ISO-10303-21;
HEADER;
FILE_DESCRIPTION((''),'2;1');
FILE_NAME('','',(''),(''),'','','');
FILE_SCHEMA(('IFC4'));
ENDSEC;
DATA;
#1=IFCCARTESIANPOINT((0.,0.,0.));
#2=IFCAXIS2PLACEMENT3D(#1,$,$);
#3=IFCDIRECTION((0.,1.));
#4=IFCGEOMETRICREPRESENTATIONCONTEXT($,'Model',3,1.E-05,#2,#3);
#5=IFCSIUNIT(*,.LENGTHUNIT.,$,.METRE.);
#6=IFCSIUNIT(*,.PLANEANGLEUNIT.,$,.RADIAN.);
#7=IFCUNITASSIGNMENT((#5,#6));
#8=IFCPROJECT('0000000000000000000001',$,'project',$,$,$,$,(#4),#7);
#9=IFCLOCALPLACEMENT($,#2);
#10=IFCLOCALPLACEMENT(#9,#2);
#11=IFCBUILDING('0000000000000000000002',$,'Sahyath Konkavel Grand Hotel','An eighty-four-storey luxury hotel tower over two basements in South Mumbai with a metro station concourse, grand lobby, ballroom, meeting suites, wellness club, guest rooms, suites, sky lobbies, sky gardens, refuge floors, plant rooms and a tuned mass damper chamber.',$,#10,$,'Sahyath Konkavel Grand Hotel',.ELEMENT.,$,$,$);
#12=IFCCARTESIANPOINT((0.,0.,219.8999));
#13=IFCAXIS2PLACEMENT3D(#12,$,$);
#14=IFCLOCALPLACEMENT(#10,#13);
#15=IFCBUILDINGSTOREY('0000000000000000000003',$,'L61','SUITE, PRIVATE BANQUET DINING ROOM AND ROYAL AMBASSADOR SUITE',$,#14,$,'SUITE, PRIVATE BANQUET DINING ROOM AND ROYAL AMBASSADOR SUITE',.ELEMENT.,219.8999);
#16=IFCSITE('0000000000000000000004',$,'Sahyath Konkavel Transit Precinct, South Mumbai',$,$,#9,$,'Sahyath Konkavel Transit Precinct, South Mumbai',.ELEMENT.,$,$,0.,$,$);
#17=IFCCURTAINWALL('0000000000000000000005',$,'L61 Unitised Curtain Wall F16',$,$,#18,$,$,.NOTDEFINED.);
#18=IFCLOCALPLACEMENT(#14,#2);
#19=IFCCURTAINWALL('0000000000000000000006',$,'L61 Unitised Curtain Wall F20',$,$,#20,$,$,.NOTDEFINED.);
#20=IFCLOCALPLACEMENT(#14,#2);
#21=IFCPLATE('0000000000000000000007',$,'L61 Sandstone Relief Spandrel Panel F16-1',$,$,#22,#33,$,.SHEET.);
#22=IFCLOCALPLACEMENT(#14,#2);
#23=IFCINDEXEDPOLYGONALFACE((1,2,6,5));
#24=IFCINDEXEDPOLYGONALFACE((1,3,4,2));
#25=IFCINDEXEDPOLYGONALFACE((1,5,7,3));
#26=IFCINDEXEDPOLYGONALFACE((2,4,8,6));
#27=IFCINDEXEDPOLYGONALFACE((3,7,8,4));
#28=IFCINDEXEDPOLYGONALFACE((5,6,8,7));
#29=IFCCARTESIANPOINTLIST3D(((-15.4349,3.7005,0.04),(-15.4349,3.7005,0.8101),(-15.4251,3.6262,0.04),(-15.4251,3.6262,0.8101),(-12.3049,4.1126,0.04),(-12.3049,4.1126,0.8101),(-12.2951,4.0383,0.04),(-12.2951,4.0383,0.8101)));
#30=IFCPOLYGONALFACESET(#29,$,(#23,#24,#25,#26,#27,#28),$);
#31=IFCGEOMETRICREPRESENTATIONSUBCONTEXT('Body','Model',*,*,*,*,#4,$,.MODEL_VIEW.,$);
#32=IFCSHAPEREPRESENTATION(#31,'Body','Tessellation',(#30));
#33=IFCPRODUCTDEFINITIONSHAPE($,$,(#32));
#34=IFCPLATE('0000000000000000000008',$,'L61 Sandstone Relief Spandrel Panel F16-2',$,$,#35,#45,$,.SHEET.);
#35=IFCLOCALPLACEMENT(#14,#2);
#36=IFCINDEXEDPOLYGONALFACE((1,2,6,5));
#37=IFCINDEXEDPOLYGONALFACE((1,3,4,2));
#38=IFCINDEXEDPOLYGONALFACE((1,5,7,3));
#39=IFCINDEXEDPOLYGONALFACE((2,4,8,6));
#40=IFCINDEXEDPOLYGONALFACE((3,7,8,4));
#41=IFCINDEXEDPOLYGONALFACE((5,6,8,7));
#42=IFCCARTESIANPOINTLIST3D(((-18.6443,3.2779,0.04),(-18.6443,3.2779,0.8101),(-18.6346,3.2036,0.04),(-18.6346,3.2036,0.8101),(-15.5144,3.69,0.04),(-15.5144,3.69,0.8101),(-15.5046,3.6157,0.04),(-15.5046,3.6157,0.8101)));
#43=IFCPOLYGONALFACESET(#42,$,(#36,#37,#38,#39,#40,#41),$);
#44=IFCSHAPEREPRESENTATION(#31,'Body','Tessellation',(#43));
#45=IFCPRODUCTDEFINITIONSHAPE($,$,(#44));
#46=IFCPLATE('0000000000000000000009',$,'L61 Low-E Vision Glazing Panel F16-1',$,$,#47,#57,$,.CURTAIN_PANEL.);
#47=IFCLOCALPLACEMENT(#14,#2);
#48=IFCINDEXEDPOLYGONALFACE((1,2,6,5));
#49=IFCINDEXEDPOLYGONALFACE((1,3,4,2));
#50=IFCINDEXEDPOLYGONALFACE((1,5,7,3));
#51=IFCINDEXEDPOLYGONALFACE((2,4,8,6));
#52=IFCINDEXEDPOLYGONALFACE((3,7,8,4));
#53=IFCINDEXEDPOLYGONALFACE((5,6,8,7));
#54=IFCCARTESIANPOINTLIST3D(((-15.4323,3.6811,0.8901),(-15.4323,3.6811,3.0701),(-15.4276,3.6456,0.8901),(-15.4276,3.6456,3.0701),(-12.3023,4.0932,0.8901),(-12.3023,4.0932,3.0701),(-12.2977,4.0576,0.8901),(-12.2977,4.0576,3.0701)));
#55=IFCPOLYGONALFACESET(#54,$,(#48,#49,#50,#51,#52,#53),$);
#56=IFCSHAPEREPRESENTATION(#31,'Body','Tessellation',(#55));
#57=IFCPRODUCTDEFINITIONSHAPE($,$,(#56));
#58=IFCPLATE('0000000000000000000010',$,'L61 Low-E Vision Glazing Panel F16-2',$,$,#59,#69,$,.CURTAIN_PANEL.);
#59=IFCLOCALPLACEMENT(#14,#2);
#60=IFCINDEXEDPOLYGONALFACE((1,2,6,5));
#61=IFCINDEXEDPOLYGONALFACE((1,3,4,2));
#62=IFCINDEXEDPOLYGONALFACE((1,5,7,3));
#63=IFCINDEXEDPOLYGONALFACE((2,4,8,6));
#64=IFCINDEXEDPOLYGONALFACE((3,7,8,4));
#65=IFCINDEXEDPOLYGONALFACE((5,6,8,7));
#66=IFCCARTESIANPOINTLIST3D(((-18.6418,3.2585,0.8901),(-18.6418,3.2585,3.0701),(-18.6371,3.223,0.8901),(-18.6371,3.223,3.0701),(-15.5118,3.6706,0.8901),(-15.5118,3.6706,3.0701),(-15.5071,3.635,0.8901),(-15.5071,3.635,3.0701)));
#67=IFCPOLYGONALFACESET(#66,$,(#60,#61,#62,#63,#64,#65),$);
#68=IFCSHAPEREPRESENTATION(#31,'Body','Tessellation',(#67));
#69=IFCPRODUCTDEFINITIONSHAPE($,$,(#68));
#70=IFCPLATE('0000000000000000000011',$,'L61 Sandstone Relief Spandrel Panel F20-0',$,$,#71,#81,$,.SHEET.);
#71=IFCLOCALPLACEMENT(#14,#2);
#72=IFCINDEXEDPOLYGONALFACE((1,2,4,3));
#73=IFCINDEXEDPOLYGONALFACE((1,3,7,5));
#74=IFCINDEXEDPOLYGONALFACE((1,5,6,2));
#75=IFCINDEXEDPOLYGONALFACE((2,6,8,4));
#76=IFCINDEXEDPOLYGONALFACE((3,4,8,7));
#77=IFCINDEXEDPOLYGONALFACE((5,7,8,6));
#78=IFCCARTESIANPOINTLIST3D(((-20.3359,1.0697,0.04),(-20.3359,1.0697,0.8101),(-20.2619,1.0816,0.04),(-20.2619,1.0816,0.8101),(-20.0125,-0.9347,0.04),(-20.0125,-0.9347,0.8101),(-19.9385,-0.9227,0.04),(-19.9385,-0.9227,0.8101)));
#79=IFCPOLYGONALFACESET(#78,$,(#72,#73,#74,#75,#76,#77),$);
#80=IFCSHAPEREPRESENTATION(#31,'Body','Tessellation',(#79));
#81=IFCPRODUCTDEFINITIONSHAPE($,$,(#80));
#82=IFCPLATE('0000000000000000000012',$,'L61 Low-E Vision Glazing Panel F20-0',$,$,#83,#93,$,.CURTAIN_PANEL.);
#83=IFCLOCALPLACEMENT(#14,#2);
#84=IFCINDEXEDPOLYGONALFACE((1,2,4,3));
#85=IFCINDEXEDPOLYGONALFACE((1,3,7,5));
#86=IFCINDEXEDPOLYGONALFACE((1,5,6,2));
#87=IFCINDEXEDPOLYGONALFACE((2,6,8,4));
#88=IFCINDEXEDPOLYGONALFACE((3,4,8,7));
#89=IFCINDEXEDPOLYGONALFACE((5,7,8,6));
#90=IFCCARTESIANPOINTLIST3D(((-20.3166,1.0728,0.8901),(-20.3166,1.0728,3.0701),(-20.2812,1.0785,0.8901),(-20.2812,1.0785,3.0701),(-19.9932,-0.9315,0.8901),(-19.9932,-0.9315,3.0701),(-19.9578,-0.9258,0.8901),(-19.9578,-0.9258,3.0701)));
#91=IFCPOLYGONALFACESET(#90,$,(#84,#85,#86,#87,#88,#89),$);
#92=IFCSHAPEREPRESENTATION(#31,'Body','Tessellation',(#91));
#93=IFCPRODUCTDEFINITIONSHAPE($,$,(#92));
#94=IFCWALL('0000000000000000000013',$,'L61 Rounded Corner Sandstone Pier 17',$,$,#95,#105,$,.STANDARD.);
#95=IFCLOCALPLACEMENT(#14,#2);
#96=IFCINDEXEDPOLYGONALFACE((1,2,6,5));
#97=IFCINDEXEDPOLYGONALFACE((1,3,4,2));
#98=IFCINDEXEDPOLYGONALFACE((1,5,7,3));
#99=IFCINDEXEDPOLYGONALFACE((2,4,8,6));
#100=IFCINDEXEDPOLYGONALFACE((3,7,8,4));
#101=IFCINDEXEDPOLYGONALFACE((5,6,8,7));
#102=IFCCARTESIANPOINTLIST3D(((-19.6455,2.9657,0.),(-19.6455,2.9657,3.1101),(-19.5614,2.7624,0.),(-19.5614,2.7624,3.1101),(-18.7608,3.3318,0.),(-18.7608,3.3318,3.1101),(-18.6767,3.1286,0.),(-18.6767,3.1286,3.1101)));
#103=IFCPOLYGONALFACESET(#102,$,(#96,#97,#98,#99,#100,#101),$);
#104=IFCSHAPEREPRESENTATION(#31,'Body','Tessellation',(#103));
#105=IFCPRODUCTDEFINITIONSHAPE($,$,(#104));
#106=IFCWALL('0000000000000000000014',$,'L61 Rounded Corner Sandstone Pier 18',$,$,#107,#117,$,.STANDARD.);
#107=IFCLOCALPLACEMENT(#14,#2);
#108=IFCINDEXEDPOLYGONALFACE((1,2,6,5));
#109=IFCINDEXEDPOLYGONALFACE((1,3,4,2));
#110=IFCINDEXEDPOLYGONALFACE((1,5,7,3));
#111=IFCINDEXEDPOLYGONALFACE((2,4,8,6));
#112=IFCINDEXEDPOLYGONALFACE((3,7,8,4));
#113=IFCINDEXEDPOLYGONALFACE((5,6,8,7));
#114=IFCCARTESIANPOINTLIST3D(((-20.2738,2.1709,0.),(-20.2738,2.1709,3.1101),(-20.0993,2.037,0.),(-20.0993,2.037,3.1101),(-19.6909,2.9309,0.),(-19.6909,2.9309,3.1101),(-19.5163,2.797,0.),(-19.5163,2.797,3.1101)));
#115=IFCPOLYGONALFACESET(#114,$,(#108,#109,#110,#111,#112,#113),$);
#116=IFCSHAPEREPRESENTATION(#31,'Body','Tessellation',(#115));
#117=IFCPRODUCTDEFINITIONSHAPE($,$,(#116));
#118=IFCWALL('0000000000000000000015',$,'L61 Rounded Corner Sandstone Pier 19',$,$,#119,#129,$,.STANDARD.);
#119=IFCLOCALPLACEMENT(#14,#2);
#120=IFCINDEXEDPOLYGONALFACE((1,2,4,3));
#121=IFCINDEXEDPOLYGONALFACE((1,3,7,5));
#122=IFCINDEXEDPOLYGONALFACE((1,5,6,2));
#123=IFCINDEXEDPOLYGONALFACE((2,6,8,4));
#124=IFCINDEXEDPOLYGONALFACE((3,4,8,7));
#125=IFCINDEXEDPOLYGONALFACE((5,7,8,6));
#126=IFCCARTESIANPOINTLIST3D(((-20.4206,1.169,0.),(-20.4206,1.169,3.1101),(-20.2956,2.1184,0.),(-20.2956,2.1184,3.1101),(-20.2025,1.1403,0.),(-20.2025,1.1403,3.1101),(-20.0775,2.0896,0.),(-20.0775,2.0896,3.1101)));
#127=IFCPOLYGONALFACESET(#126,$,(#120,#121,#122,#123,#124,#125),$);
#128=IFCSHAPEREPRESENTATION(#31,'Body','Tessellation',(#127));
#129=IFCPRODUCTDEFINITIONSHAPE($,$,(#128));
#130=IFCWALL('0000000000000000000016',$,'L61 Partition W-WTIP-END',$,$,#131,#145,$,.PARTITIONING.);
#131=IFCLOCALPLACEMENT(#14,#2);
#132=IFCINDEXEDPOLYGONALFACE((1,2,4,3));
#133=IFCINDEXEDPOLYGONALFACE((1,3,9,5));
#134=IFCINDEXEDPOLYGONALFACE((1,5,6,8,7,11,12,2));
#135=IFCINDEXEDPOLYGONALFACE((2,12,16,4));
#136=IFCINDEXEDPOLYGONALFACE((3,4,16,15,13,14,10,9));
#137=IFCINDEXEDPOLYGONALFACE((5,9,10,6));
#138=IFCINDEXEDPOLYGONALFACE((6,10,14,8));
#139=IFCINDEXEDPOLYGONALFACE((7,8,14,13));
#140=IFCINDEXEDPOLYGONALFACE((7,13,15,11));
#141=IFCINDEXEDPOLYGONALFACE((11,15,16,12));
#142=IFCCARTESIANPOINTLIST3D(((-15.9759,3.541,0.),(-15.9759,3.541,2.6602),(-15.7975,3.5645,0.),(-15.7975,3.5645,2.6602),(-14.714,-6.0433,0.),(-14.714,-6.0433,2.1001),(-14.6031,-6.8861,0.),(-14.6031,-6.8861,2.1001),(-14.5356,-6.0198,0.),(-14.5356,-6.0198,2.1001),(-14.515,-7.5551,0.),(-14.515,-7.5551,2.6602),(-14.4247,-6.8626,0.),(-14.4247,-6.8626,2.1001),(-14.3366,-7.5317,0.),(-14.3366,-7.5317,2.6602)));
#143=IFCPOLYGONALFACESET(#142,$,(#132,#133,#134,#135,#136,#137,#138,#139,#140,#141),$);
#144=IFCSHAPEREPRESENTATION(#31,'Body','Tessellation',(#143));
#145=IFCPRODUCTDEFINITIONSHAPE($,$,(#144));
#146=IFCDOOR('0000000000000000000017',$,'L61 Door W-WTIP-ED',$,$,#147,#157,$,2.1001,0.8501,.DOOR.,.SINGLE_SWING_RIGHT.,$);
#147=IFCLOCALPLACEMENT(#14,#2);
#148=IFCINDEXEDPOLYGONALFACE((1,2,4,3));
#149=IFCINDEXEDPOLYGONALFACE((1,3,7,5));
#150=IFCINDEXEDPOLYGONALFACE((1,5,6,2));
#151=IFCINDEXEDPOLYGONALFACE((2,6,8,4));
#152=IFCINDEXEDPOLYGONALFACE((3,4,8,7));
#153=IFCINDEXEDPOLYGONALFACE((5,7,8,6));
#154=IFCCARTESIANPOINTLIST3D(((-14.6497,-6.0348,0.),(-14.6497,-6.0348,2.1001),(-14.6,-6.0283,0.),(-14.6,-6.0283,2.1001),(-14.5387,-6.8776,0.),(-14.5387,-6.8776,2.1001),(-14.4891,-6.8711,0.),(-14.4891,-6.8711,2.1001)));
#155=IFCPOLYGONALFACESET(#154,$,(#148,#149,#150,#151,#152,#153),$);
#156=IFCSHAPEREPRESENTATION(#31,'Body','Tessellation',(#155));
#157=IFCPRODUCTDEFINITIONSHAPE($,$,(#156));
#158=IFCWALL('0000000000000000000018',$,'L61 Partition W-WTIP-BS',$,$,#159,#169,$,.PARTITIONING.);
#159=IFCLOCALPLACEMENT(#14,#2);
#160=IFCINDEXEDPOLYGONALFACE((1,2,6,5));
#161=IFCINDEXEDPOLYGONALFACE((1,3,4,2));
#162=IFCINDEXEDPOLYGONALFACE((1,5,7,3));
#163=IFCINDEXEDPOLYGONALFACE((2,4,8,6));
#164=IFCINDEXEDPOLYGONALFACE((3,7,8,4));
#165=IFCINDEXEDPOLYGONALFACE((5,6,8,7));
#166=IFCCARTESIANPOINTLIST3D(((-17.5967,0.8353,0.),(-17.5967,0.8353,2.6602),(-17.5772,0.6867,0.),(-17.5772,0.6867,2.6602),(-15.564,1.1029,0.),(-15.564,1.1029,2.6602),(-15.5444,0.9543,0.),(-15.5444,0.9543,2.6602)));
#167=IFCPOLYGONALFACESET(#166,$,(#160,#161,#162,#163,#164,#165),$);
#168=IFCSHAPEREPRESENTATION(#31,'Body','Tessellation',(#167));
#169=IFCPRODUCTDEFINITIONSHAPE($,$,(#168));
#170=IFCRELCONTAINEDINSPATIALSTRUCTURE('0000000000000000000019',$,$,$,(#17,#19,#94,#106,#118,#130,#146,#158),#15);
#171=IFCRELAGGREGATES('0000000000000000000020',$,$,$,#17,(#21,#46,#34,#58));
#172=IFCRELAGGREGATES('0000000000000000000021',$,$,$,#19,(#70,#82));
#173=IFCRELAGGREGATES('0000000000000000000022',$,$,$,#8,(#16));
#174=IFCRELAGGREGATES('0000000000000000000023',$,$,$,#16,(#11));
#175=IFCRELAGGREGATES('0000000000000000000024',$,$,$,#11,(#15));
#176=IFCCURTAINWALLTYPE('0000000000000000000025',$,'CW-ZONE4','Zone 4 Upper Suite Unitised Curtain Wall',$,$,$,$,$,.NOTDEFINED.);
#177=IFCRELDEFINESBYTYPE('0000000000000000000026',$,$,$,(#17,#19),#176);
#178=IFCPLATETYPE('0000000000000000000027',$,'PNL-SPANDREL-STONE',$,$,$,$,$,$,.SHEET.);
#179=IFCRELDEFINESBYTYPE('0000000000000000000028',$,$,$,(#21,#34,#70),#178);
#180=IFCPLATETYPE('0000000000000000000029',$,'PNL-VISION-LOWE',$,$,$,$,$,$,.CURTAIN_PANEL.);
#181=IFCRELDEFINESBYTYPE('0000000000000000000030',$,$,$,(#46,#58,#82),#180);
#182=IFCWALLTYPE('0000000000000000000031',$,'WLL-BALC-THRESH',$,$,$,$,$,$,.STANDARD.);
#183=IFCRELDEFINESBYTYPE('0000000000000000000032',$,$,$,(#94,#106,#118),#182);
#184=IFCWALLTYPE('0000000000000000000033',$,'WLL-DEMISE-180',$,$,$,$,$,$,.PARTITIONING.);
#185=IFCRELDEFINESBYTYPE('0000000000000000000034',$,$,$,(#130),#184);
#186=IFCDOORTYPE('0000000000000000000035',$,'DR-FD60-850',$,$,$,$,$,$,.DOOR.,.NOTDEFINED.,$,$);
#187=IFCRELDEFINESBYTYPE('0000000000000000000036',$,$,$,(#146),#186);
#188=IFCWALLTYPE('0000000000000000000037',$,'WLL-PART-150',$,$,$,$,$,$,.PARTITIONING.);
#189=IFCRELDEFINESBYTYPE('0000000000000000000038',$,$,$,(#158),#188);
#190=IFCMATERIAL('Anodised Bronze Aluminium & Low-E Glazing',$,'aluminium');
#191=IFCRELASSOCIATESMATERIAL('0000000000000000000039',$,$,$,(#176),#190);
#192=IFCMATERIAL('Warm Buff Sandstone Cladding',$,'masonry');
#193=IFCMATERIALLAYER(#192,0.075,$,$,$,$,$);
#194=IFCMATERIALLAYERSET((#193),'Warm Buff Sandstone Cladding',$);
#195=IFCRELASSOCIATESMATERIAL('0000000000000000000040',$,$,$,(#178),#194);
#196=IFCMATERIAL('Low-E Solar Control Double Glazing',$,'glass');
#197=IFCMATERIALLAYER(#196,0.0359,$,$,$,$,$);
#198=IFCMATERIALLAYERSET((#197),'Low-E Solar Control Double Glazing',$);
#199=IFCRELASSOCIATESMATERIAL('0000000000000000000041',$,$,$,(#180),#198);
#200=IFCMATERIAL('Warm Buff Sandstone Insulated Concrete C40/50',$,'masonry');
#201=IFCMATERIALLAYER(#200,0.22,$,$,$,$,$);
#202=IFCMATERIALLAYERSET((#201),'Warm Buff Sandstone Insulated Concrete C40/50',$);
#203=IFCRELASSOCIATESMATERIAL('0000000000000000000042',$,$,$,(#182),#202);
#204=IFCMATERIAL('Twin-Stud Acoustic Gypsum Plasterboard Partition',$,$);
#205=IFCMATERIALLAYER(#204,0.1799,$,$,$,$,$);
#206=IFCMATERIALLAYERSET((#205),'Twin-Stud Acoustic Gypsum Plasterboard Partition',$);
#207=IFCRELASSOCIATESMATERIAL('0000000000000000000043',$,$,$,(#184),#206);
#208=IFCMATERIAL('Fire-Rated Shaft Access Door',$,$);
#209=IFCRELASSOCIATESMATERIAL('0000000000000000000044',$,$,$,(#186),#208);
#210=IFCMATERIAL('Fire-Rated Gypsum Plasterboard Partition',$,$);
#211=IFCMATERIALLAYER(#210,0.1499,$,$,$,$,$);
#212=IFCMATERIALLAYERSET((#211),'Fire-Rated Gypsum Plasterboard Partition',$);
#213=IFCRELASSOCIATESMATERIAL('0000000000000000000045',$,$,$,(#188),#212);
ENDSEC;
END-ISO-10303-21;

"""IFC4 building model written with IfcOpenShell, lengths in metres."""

from ifc_helpers import new_model, si_unit, direction, frame, frame_2d, origin, origin_2d, place, context, subcontext, project, spatial, rectangle, extrude, source, transform, mapped, material, layer, layer_set, type_object, element, fill, aggregate, save


model = new_model("IFC4")

# Units and contexts
model_context = context("Model", 3, precision=1e-05, world=origin(), true_north=direction((0.0, 1.0)))
body_context = subcontext(model_context, "Body", "Model", "MODEL_VIEW")
ifc_project = project(units=[si_unit("LENGTHUNIT", "METRE"), si_unit("PLANEANGLEUNIT", "RADIAN")], contexts=[model_context])

# Site, building, storey
site_placement = place(None, origin())
site = spatial("IfcSite", under=ifc_project, at=site_placement, Name="Sahyath Konkavel Transit Precinct, South Mumbai", LongName="Sahyath Konkavel Transit Precinct, South Mumbai", CompositionType="ELEMENT", RefElevation=0.0)
building_placement = place(site_placement, origin())
building = spatial("IfcBuilding", under=site, at=building_placement, Name="Sahyath Konkavel Grand Hotel", Description="An eighty-four-storey luxury hotel tower over two basements in South Mumbai with a metro station concourse, grand lobby, ballroom, meeting suites, wellness club, guest rooms, suites, sky lobbies, sky gardens, refuge floors, plant rooms and a tuned mass damper chamber.", LongName="Sahyath Konkavel Grand Hotel", CompositionType="ELEMENT")
storey_placement = place(building_placement, frame((0.0, 0.0, 219.8999)))
storey = spatial("IfcBuildingStorey", under=building, at=storey_placement, Name="L61", Description="SUITE, PRIVATE BANQUET DINING ROOM AND ROYAL AMBASSADOR SUITE", LongName="SUITE, PRIVATE BANQUET DINING ROOM AND ROYAL AMBASSADOR SUITE", CompositionType="ELEMENT", Elevation=219.8999)

# Curtain wall
ifc_material_1 = material(Name="Anodised Bronze Aluminium & Low-E Glazing", Category="aluminium")
curtain_wall_type = type_object("IfcCurtainWallType", Name="CW-ZONE4", Description="Zone 4 Upper Suite Unitised Curtain Wall", PredefinedType="NOTDEFINED", material=ifc_material_1)
curtain_wall_1_placement = place(storey_placement, origin())
curtain_wall_1 = element("IfcCurtainWall", 1, at=curtain_wall_1_placement, inside=storey, type_object=curtain_wall_type, Name="L61 Unitised Curtain Wall F16", PredefinedType="NOTDEFINED")

# Curtain wall
curtain_wall_2_placement = place(storey_placement, origin())
curtain_wall_2 = element("IfcCurtainWall", 2, at=curtain_wall_2_placement, inside=storey, type_object=curtain_wall_type, Name="L61 Unitised Curtain Wall F20", PredefinedType="NOTDEFINED")

# Plates
ifc_material_2 = material(Name="Warm Buff Sandstone Cladding", Category="masonry")
ifc_layer_1 = layer(ifc_material_2, 0.075)
ifc_layer_set_1 = layer_set([ifc_layer_1], Name="Warm Buff Sandstone Cladding")
plate_type_1 = type_object("IfcPlateType", Name="PNL-SPANDREL-STONE", PredefinedType="SHEET", material=ifc_layer_set_1)
shared_shape_1 = source(origin(), body_context, "Body", "SweptSolid", [
    extrude(rectangle(XDim=3.157, YDim=0.075, at=origin_2d()), origin(), (0.0, 0.0, 1.0), 0.77),
])
plate_1_placement = place(storey_placement, frame((-13.865, 3.8694, 0.04), z_axis=(0.0, 0.0, 1.0), x_axis=(-0.991445, -0.130526, 0.0)))
plate_1 = element("IfcPlate", 3, at=plate_1_placement, type_object=plate_type_1, Name="L61 Sandstone Relief Spandrel Panel F16-1", PredefinedType="SHEET", context=body_context, shape_type="MappedRepresentation", body=[
    mapped(shared_shape_1, transform((0.0, 0.0, 0.0), scale=1.0)),
])
plate_2_placement = place(storey_placement, frame((-17.0745, 3.4468, 0.04), z_axis=(0.0, 0.0, 1.0), x_axis=(-0.991445, -0.130526, 0.0)))
plate_2 = element("IfcPlate", 4, at=plate_2_placement, type_object=plate_type_1, Name="L61 Sandstone Relief Spandrel Panel F16-2", PredefinedType="SHEET", context=body_context, shape_type="MappedRepresentation", body=[
    mapped(shared_shape_1, transform((0.0, 0.0, 0.0), scale=1.0)),
])
ifc_material_3 = material(Name="Low-E Solar Control Double Glazing", Category="glass")
ifc_layer_2 = layer(ifc_material_3, 0.0359)
ifc_layer_set_2 = layer_set([ifc_layer_2], Name="Low-E Solar Control Double Glazing")
plate_type_2 = type_object("IfcPlateType", Name="PNL-VISION-LOWE", PredefinedType="CURTAIN_PANEL", material=ifc_layer_set_2)
shared_shape_2 = source(origin(), body_context, "Body", "SweptSolid", [
    extrude(rectangle(XDim=3.157, YDim=0.0359, at=origin_2d()), origin(), (0.0, 0.0, 1.0), 2.1799),
])
plate_3_placement = place(storey_placement, frame((-13.865, 3.8694, 0.8901), z_axis=(0.0, 0.0, 1.0), x_axis=(-0.991445, -0.130526, 0.0)))
plate_3 = element("IfcPlate", 5, at=plate_3_placement, type_object=plate_type_2, Name="L61 Low-E Vision Glazing Panel F16-1", PredefinedType="CURTAIN_PANEL", context=body_context, shape_type="MappedRepresentation", body=[
    mapped(shared_shape_2, transform((0.0, 0.0, 0.0), scale=1.0)),
])
plate_4_placement = place(storey_placement, frame((-17.0745, 3.4468, 0.8901), z_axis=(0.0, 0.0, 1.0), x_axis=(-0.991445, -0.130526, 0.0)))
plate_4 = element("IfcPlate", 6, at=plate_4_placement, type_object=plate_type_2, Name="L61 Low-E Vision Glazing Panel F16-2", PredefinedType="CURTAIN_PANEL", context=body_context, shape_type="MappedRepresentation", body=[
    mapped(shared_shape_2, transform((0.0, 0.0, 0.0), scale=1.0)),
])
aggregate(curtain_wall_1, [plate_1, plate_3, plate_2, plate_4])
shared_shape_3 = source(origin(), body_context, "Body", "SweptSolid", [
    extrude(rectangle(XDim=2.0303, YDim=0.075, at=origin_2d()), origin(), (0.0, 0.0, 1.0), 0.77),
])
plate_5_placement = place(storey_placement, frame((-20.1372, 0.0735, 0.04), z_axis=(0.0, 0.0, 1.0), x_axis=(0.159313, -0.987228, 0.0)))
plate_5 = element("IfcPlate", 7, at=plate_5_placement, type_object=plate_type_1, Name="L61 Sandstone Relief Spandrel Panel F20-0", PredefinedType="SHEET", context=body_context, shape_type="MappedRepresentation", body=[
    mapped(shared_shape_3, transform((0.0, 0.0, 0.0), scale=1.0)),
])
shared_shape_4 = source(origin(), body_context, "Body", "SweptSolid", [
    extrude(rectangle(XDim=2.0303, YDim=0.0359, at=origin_2d()), origin(), (0.0, 0.0, 1.0), 2.1799),
])
plate_6_placement = place(storey_placement, frame((-20.1372, 0.0735, 0.8901), z_axis=(0.0, 0.0, 1.0), x_axis=(0.159313, -0.987228, 0.0)))
plate_6 = element("IfcPlate", 8, at=plate_6_placement, type_object=plate_type_2, Name="L61 Low-E Vision Glazing Panel F20-0", PredefinedType="CURTAIN_PANEL", context=body_context, shape_type="MappedRepresentation", body=[
    mapped(shared_shape_4, transform((0.0, 0.0, 0.0), scale=1.0)),
])
aggregate(curtain_wall_2, [plate_5, plate_6])

# Walls
ifc_material_4 = material(Name="Warm Buff Sandstone Insulated Concrete C40/50", Category="masonry")
ifc_layer_3 = layer(ifc_material_4, 0.22)
ifc_layer_set_3 = layer_set([ifc_layer_3], Name="Warm Buff Sandstone Insulated Concrete C40/50")
wall_type_1 = type_object("IfcWallType", Name="WLL-BALC-THRESH", PredefinedType="STANDARD", material=ifc_layer_set_3)
wall_1_placement = place(storey_placement, frame((-18.7188, 3.2302, 0.0), z_axis=(0.0, 0.0, 1.0), x_axis=(-0.92398, -0.382442, 0.0)))
element("IfcWall", 9, at=wall_1_placement, inside=storey, type_object=wall_type_1, Name="L61 Rounded Corner Sandstone Pier 17", PredefinedType="STANDARD", context=body_context, shape_type="SweptSolid", body=[
    extrude(rectangle(XDim=0.9575, YDim=0.22, at=frame_2d((0.4788, 0.0))), origin(), (0.0, 0.0, 1.0), 3.1101),
])
wall_2_placement = place(storey_placement, frame((-19.6035, 2.864, 0.0), z_axis=(0.0, 0.0, 1.0), x_axis=(-0.608651, -0.793438, 0.0)))
element("IfcWall", 10, at=wall_2_placement, inside=storey, type_object=wall_type_1, Name="L61 Rounded Corner Sandstone Pier 18", PredefinedType="STANDARD", context=body_context, shape_type="SweptSolid", body=[
    extrude(rectangle(XDim=0.9578, YDim=0.22, at=frame_2d((0.479, 0.0))), origin(), (0.0, 0.0, 1.0), 3.1101),
])
wall_3_placement = place(storey_placement, frame((-20.1865, 2.104, 0.0), z_axis=(0.0, 0.0, 1.0), x_axis=(-0.13056, -0.99144, 0.0)))
element("IfcWall", 11, at=wall_3_placement, inside=storey, type_object=wall_type_1, Name="L61 Rounded Corner Sandstone Pier 19", PredefinedType="STANDARD", context=body_context, shape_type="SweptSolid", body=[
    extrude(rectangle(XDim=0.9575, YDim=0.22, at=frame_2d((0.4788, 0.0))), origin(), (0.0, 0.0, 1.0), 3.1101),
])

# Wall, opening, door
ifc_material_5 = material(Name="Twin-Stud Acoustic Gypsum Plasterboard Partition")
ifc_layer_4 = layer(ifc_material_5, 0.1799)
ifc_layer_set_4 = layer_set([ifc_layer_4], Name="Twin-Stud Acoustic Gypsum Plasterboard Partition")
wall_type_2 = type_object("IfcWallType", Name="WLL-DEMISE-180", PredefinedType="PARTITIONING", material=ifc_layer_set_4)
wall_4_placement = place(storey_placement, frame((-15.8867, 3.5527, 0.0), z_axis=(0.0, 0.0, 1.0), x_axis=(0.130535, -0.991444, 0.0)))
wall_4 = element("IfcWall", 12, at=wall_4_placement, inside=storey, type_object=wall_type_2, Name="L61 Partition W-WTIP-END", PredefinedType="PARTITIONING", context=body_context, shape_type="SweptSolid", body=[
    extrude(rectangle(XDim=11.1919, YDim=0.1799, at=frame_2d((5.5959, 0.0))), origin(), (0.0, 0.0, 1.0), 2.6602),
])
opening_1_placement = place(wall_4_placement, frame((9.667, 0.0, 0.0)))
opening_1 = element("IfcOpeningElement", 13, at=opening_1_placement, cuts=wall_4, PredefinedType="OPENING", context=body_context, shape_type="SweptSolid", body=[
    extrude(rectangle(XDim=0.8501, YDim=2.1001, at=frame_2d((0.425, 1.05))), frame((0.0, 0.1001, 0.0), z_axis=(0.0, -1.0, 0.0), x_axis=(1.0, 0.0, 0.0)), (0.0, 0.0, 1.0), 0.2),
])
ifc_material_6 = material(Name="Fire-Rated Shaft Access Door")
door_type_1 = type_object("IfcDoorType", Name="DR-FD60-850", OperationType="NOTDEFINED", PredefinedType="DOOR", material=ifc_material_6)
shared_shape_5 = source(origin(), body_context, "Body", "SweptSolid", [
    extrude(rectangle(XDim=0.8501, YDim=0.05, at=origin_2d()), origin(), (0.0, 0.0, 1.0), 2.1001),
])
door_1_placement = place(opening_1_placement, frame((0.425, 0.0, 0.0)))
door_1 = element("IfcDoor", 14, at=door_1_placement, inside=storey, type_object=door_type_1, Name="L61 Door W-WTIP-ED", OperationType="SINGLE_SWING_RIGHT", OverallHeight=2.1001, OverallWidth=0.8501, PredefinedType="DOOR", context=body_context, shape_type="MappedRepresentation", body=[
    mapped(shared_shape_5, transform((0.0, 0.0, 0.0), scale=1.0)),
])
fill(opening_1, door_1)

# Wall
ifc_material_7 = material(Name="Fire-Rated Gypsum Plasterboard Partition")
ifc_layer_5 = layer(ifc_material_7, 0.1499)
ifc_layer_set_5 = layer_set([ifc_layer_5], Name="Fire-Rated Gypsum Plasterboard Partition")
wall_type_3 = type_object("IfcWallType", Name="WLL-PART-150", PredefinedType="PARTITIONING", material=ifc_layer_set_5)
wall_5_placement = place(storey_placement, frame((-15.5542, 1.0286, 0.0), z_axis=(0.0, 0.0, 1.0), x_axis=(-0.991447, -0.13051, 0.0)))
element("IfcWall", 15, at=wall_5_placement, inside=storey, type_object=wall_type_3, Name="L61 Partition W-WTIP-BS", PredefinedType="PARTITIONING", context=body_context, shape_type="SweptSolid", body=[
    extrude(rectangle(XDim=2.0503, YDim=0.1499, at=frame_2d((1.0251, 0.0))), origin(), (0.0, 0.0, 1.0), 2.6602),
])

save(model, "model.ifc")
